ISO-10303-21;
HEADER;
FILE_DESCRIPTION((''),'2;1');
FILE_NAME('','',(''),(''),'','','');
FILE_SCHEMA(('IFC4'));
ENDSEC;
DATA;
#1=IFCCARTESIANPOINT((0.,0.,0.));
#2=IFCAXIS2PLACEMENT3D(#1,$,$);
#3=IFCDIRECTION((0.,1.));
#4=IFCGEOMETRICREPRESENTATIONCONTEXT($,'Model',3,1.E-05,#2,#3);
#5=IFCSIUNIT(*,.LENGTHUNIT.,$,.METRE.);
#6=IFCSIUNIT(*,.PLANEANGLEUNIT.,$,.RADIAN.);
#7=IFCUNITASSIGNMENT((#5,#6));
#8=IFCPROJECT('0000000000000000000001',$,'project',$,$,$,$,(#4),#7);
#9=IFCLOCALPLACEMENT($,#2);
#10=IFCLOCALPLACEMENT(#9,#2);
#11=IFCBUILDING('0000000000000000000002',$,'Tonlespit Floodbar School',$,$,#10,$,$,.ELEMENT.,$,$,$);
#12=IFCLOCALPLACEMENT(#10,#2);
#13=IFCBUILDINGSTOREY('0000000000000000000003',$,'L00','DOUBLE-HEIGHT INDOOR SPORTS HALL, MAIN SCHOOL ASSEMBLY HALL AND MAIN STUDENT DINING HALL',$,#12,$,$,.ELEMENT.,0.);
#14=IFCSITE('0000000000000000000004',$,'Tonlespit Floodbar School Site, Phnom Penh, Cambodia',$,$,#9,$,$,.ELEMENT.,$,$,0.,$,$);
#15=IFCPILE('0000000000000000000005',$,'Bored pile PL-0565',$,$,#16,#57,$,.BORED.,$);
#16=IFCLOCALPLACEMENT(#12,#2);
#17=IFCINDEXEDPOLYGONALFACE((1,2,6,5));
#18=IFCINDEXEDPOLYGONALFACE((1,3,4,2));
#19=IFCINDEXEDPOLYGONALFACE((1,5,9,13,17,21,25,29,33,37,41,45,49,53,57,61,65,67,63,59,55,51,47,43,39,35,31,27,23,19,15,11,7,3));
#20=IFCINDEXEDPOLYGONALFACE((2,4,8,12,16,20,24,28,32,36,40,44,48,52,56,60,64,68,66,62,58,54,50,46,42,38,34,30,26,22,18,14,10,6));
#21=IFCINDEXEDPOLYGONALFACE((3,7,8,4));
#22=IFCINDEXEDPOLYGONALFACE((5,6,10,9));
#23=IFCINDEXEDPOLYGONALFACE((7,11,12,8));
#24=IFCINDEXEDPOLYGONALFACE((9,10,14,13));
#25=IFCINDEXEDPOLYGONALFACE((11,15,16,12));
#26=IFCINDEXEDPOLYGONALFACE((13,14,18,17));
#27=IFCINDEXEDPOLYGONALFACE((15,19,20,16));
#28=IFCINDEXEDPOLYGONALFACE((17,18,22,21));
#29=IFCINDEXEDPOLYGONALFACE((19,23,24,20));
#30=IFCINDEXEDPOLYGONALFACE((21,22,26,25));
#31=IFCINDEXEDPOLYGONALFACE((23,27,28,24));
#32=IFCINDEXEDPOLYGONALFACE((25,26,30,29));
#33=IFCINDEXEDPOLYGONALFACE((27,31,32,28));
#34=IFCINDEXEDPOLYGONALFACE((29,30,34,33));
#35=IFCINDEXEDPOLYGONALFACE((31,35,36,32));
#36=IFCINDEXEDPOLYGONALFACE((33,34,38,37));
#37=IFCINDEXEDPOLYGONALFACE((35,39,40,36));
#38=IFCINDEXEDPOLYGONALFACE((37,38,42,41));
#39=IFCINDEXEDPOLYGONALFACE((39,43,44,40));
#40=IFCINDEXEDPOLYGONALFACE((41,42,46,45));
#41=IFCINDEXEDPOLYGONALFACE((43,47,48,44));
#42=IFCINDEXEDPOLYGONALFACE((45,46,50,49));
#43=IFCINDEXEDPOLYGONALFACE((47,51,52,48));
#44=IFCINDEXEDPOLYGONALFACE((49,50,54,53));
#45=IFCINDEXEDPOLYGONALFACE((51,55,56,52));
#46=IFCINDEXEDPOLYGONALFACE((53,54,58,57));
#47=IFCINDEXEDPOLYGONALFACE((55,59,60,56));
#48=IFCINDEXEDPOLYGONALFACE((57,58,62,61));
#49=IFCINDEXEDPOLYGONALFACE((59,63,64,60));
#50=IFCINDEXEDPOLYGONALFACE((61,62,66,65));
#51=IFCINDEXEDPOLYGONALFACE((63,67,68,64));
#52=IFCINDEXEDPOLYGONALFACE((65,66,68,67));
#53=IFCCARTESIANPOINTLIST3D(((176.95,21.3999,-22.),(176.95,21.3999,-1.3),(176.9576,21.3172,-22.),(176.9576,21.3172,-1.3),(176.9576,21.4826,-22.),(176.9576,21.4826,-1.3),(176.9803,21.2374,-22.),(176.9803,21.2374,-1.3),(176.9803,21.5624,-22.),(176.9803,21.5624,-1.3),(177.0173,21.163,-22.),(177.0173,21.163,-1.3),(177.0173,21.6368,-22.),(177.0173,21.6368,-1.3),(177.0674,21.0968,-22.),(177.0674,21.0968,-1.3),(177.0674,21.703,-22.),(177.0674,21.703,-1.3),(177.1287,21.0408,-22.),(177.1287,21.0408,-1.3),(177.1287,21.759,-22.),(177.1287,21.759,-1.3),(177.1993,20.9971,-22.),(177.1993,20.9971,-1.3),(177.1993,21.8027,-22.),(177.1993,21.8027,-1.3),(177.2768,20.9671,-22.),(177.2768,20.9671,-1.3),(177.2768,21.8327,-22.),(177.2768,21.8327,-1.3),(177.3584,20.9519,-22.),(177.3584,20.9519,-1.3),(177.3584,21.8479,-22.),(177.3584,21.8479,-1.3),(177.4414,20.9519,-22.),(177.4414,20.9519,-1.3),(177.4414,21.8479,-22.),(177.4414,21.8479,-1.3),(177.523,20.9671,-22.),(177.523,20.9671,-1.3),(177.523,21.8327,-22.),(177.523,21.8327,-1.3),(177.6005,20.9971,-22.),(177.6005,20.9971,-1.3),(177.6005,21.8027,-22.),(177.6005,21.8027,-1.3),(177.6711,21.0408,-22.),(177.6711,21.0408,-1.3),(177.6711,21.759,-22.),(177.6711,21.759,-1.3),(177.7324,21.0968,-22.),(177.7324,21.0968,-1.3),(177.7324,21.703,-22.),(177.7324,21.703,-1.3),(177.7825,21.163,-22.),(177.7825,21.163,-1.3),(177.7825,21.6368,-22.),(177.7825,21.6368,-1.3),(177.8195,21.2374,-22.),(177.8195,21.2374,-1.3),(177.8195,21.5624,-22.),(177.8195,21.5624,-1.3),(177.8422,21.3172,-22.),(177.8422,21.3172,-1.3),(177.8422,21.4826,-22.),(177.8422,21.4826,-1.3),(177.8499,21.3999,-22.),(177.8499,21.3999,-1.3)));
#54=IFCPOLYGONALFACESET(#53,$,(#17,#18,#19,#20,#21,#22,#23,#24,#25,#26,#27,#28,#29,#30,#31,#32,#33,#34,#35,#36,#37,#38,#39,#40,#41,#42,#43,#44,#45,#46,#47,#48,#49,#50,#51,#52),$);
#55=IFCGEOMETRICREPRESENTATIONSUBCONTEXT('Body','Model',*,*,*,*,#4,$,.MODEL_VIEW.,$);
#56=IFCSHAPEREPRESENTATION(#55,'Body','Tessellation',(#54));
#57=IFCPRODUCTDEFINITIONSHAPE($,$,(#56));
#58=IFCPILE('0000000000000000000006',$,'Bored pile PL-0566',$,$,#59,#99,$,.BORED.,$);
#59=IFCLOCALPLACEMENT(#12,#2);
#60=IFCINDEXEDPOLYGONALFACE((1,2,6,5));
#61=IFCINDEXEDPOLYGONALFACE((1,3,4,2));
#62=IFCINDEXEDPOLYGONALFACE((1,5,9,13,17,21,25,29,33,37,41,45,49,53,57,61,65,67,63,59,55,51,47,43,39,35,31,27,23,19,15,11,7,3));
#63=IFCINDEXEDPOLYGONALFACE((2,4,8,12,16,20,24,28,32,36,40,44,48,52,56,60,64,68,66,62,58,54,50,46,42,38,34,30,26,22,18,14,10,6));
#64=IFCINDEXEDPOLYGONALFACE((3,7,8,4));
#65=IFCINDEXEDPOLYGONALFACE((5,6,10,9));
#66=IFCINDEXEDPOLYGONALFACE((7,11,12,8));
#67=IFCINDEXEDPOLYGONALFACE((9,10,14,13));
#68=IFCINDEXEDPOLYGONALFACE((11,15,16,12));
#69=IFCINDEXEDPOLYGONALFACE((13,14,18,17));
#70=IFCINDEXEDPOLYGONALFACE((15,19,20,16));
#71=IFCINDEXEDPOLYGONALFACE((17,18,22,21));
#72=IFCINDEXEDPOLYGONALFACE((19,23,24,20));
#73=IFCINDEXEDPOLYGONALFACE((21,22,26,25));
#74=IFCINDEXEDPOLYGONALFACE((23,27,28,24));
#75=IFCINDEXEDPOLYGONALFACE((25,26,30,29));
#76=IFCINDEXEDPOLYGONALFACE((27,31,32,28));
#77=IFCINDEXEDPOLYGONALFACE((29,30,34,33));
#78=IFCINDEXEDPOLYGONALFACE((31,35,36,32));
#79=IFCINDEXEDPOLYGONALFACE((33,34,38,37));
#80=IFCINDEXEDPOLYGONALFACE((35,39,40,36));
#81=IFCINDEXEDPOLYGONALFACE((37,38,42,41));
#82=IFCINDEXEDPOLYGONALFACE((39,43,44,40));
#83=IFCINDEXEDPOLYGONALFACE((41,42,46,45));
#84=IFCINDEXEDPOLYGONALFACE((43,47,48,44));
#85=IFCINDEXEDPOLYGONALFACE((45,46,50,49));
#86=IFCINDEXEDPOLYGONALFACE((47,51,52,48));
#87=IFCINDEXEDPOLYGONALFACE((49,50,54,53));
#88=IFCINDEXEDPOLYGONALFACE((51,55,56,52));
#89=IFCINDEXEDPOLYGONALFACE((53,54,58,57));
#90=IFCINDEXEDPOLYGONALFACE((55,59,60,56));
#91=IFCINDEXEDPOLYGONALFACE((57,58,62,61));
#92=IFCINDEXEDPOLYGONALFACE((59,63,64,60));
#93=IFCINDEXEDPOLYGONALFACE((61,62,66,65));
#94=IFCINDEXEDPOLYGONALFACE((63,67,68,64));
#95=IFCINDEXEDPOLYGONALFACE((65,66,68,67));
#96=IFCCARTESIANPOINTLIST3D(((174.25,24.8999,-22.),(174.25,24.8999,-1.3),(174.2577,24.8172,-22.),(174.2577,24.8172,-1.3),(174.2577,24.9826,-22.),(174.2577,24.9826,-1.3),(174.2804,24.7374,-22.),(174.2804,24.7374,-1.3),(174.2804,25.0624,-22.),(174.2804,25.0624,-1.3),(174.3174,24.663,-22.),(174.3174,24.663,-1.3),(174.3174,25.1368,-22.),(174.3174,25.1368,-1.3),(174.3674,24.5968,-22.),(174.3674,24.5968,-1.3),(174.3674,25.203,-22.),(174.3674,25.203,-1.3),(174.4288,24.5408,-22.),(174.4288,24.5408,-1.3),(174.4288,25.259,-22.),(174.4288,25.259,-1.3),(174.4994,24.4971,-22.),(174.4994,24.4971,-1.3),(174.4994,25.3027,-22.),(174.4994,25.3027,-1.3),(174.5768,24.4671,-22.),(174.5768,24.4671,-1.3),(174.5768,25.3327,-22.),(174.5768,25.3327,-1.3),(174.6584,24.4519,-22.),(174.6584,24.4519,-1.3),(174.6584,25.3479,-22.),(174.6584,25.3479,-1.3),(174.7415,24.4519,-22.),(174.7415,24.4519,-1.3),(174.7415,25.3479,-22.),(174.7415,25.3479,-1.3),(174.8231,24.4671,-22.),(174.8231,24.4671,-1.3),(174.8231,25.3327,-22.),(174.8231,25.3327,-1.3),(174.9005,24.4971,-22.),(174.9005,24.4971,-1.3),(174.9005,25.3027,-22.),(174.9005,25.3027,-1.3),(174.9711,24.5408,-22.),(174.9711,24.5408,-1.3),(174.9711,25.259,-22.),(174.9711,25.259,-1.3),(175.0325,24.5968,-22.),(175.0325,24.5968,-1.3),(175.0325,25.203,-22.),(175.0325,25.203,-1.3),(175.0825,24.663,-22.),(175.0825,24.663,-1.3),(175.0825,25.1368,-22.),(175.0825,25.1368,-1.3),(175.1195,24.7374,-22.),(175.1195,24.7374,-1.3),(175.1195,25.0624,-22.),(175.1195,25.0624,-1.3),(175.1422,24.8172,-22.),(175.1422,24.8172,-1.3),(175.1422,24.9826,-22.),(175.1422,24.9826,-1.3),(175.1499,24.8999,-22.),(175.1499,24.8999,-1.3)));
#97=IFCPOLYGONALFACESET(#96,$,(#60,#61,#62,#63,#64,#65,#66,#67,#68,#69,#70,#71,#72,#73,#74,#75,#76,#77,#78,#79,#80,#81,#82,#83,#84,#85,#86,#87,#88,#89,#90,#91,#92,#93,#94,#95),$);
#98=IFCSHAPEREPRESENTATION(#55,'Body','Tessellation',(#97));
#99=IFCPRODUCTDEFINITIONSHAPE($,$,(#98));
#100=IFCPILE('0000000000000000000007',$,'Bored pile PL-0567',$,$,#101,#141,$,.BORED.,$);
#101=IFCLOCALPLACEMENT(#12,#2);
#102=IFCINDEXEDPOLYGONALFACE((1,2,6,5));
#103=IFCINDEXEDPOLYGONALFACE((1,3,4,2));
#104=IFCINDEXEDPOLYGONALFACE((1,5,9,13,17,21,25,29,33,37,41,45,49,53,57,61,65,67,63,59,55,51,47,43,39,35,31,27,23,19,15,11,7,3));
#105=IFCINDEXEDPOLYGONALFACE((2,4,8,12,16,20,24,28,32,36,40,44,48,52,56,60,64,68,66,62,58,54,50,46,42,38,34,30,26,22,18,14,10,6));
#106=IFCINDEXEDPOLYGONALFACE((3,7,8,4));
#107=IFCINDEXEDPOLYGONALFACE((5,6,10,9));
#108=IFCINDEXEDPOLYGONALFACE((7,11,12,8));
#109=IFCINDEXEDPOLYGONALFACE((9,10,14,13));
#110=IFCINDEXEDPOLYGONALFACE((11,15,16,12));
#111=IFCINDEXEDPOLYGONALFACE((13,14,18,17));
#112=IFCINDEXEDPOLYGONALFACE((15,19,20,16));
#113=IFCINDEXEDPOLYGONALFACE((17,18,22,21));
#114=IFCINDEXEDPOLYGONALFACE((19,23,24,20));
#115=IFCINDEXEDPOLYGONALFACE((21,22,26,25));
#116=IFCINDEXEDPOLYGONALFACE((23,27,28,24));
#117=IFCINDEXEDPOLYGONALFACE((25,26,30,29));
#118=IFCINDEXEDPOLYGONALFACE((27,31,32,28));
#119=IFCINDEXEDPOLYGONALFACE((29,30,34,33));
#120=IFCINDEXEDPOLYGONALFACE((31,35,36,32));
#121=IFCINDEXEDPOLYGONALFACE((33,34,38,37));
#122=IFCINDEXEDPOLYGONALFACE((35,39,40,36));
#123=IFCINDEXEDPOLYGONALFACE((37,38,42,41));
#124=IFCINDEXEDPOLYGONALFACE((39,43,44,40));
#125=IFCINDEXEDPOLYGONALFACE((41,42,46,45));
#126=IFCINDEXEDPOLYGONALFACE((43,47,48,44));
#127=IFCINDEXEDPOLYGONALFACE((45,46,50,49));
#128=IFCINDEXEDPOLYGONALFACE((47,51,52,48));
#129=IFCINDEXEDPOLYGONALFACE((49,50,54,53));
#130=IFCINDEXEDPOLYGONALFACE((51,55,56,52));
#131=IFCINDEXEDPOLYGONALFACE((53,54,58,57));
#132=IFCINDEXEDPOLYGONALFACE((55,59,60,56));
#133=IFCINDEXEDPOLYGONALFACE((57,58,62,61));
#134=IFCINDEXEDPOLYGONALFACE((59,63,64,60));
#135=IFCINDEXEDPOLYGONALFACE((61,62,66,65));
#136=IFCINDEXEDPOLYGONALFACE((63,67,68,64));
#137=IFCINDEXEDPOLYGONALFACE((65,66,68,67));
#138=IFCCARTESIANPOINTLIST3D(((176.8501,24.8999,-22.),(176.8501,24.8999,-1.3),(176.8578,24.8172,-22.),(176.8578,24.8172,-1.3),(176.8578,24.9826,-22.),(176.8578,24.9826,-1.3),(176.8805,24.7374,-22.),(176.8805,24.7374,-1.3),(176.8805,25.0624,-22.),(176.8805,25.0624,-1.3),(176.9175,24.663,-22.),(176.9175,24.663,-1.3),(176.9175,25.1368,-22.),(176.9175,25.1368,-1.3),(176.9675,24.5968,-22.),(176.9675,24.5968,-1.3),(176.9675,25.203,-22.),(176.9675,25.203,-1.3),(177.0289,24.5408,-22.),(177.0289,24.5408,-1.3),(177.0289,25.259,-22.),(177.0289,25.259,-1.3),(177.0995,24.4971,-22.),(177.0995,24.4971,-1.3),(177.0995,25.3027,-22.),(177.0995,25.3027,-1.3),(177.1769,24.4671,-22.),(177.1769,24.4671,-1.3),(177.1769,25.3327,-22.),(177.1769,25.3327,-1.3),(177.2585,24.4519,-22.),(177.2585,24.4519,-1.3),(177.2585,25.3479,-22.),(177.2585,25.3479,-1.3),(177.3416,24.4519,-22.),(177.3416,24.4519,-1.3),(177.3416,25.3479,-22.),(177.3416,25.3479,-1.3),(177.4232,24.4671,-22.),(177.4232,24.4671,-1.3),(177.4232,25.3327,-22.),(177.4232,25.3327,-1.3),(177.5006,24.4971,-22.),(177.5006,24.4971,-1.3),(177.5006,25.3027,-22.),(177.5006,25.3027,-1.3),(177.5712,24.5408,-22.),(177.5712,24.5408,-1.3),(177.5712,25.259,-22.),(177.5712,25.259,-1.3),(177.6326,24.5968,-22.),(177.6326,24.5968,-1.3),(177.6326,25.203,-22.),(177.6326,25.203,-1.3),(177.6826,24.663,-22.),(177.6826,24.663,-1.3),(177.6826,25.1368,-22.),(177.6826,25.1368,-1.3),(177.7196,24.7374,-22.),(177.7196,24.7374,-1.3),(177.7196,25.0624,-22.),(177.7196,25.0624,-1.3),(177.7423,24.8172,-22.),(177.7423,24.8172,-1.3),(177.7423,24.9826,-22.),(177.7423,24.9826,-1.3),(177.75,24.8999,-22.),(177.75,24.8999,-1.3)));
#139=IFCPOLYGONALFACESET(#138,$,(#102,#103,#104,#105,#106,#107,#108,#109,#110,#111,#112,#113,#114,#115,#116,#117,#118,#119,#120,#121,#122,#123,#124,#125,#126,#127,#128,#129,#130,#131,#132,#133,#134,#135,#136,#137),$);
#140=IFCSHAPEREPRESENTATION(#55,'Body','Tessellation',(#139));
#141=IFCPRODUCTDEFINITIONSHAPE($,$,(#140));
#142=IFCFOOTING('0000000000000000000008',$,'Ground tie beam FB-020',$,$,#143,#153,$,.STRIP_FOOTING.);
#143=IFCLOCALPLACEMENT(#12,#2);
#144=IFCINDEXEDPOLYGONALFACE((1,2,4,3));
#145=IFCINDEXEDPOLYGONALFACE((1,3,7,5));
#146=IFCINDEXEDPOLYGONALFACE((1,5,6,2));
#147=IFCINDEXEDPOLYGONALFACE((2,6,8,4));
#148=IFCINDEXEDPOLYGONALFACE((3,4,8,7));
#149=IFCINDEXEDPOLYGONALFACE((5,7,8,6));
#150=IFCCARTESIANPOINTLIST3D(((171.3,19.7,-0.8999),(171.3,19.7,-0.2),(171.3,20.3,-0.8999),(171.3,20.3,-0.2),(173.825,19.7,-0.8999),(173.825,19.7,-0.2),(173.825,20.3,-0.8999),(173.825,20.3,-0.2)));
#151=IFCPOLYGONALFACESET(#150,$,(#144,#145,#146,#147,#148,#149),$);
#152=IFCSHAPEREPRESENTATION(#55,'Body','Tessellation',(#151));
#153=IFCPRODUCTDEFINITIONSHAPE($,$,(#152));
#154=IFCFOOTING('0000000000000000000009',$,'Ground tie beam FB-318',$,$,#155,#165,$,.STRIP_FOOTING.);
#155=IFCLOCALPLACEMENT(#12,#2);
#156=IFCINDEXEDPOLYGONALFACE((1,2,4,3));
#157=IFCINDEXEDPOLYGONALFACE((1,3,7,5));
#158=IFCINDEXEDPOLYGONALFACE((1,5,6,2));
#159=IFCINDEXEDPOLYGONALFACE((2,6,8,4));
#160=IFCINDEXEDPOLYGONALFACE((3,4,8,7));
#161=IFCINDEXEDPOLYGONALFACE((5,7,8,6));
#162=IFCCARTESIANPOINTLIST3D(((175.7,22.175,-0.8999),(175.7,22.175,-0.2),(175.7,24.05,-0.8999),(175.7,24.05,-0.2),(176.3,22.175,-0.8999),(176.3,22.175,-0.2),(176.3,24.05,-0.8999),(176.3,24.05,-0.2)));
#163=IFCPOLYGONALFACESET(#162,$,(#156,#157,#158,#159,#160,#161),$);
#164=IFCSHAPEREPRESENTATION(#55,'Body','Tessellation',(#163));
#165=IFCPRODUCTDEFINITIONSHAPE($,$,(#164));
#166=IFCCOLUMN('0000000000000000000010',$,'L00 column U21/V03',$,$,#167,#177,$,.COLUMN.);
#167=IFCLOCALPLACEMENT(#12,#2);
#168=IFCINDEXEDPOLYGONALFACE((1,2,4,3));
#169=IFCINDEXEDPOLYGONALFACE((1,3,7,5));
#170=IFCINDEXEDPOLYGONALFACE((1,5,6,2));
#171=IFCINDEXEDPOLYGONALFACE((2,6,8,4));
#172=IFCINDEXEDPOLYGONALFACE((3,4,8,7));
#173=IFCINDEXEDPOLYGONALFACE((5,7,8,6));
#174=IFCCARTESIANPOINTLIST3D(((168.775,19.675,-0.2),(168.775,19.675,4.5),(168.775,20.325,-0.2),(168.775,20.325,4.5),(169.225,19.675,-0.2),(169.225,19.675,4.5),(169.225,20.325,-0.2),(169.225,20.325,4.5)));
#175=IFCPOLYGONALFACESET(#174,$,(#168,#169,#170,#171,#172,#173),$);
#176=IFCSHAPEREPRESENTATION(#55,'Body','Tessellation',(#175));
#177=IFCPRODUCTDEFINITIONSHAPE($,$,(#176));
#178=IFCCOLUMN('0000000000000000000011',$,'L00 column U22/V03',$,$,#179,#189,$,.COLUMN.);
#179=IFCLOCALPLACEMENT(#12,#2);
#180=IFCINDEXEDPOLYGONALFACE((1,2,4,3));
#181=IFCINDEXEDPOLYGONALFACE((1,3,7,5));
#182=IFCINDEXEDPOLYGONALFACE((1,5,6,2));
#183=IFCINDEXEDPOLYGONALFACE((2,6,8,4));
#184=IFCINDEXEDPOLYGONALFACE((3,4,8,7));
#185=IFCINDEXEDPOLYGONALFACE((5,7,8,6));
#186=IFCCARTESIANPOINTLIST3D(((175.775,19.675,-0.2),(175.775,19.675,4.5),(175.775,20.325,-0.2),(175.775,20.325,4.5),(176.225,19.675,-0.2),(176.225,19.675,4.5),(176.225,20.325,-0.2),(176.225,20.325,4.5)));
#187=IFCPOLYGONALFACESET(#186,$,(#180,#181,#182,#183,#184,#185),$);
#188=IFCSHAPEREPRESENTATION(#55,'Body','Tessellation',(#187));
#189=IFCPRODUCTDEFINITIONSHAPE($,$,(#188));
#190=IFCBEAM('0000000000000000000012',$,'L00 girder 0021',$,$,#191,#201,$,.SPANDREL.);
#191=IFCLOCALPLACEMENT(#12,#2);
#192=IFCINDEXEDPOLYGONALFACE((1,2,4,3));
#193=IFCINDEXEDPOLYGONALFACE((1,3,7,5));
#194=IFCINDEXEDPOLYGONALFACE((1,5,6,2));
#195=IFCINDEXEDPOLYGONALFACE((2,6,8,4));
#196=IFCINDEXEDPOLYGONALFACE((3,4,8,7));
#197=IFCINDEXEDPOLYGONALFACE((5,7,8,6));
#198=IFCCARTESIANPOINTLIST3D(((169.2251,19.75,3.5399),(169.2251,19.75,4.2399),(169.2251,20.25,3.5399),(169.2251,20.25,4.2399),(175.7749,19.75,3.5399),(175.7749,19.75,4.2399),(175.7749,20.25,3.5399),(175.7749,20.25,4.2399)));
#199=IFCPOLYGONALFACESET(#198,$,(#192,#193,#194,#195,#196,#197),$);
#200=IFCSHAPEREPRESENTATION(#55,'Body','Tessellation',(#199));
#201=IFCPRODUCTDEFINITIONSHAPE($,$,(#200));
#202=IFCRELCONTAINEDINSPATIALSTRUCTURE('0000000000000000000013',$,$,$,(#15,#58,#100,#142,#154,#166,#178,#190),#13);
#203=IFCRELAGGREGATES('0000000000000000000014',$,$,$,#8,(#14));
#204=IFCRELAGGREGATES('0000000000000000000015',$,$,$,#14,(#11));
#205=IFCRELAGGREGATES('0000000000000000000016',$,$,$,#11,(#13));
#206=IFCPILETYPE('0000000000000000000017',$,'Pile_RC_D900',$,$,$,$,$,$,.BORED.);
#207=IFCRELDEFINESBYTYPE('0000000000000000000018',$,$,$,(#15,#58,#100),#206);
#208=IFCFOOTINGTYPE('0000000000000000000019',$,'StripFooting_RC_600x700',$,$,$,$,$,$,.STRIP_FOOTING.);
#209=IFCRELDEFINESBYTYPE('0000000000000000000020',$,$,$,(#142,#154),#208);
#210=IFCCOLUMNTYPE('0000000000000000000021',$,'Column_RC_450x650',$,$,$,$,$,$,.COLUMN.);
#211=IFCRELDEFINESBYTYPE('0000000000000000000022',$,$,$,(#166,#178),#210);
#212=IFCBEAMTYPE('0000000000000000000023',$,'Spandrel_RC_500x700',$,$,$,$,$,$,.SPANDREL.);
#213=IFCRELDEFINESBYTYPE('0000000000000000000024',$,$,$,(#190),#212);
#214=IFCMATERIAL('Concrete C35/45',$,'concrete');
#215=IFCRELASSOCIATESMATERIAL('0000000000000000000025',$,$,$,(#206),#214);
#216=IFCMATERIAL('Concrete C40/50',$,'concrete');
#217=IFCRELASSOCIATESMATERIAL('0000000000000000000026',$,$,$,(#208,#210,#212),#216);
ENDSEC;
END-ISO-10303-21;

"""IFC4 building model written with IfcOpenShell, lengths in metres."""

from ifc_helpers import new_model, si_unit, direction, frame, origin, origin_2d, place, context, subcontext, project, spatial, rectangle, circle, extrude, material, material_profile, profile_set, type_object, element, save


model = new_model("IFC4")

# Units and contexts
model_context = context("Model", 3, precision=1e-05, world=origin(), true_north=direction((0.0, 1.0)))
body_context = subcontext(model_context, "Body", "Model", "MODEL_VIEW")
ifc_project = project(units=[si_unit("LENGTHUNIT", "METRE"), si_unit("PLANEANGLEUNIT", "RADIAN")], contexts=[model_context])

# Site, building, storey
site_placement = place(None, origin())
site = spatial("IfcSite", under=ifc_project, at=site_placement, Name="Tonlespit Floodbar School Site, Phnom Penh, Cambodia", CompositionType="ELEMENT", RefElevation=0.0)
building_placement = place(site_placement, origin())
building = spatial("IfcBuilding", under=site, at=building_placement, Name="Tonlespit Floodbar School", CompositionType="ELEMENT")
storey_placement = place(building_placement, origin())
storey = spatial("IfcBuildingStorey", under=building, at=storey_placement, Name="L00", Description="DOUBLE-HEIGHT INDOOR SPORTS HALL, MAIN SCHOOL ASSEMBLY HALL AND MAIN STUDENT DINING HALL", CompositionType="ELEMENT", Elevation=0.0)

# Shared definitions
ifc_material_1 = material(Name="Concrete C40/50", Category="concrete")

# Piles
ifc_material_2 = material(Name="Concrete C35/45", Category="concrete")
ifc_material_profile_1 = material_profile(ifc_material_2, circle(Radius=0.45, at=origin_2d()), Name="BP D900")
ifc_profile_set_1 = profile_set([ifc_material_profile_1], Name="Concrete C35/45")
pile_type_1 = type_object("IfcPileType", Name="Pile_RC_D900", PredefinedType="BORED", material=ifc_profile_set_1)
for number, where, z_axis, x_axis, name in (
    (1, (177.3999, 21.3999, -1.3), (0.0, 0.0, -1.0), (1.0, 0.0, 0.0), "Bored pile PL-0565"),
    (2, (174.7, 24.8999, -1.3), (0.0, 0.0, -1.0), (1.0, 0.0, 0.0), "Bored pile PL-0566"),
    (3, (177.3, 24.8999, -1.3), (0.0, 0.0, -1.0), (1.0, 0.0, 0.0), "Bored pile PL-0567"),
):
    element("IfcPile", number, at=place(storey_placement, frame(where, z_axis=z_axis, x_axis=x_axis)), inside=storey, type_object=pile_type_1, Name=name, PredefinedType="BORED", context=body_context, shape_type="SweptSolid", body=[
        extrude(circle(Radius=0.45, at=origin_2d()), origin(), (0.0, 0.0, 1.0), 20.7),
    ])

# Footings
footing_type_1 = type_object("IfcFootingType", Name="StripFooting_RC_600x700", PredefinedType="STRIP_FOOTING", material=ifc_material_1)
footing_1_placement = place(storey_placement, frame((172.5625, 20.0, -0.8999), z_axis=(0.0, 0.0, 1.0), x_axis=(1.0, 0.0, 0.0)))
element("IfcFooting", 4, at=footing_1_placement, inside=storey, type_object=footing_type_1, Name="Ground tie beam FB-020", PredefinedType="STRIP_FOOTING", context=body_context, shape_type="SweptSolid", body=[
    extrude(rectangle(XDim=2.5249, YDim=0.6001, at=origin_2d()), origin(), (0.0, 0.0, 1.0), 0.7),
])
footing_2_placement = place(storey_placement, frame((176.0, 23.1125, -0.8999), z_axis=(0.0, 0.0, 1.0), x_axis=(0.0, 1.0, 0.0)))
element("IfcFooting", 5, at=footing_2_placement, inside=storey, type_object=footing_type_1, Name="Ground tie beam FB-318", PredefinedType="STRIP_FOOTING", context=body_context, shape_type="SweptSolid", body=[
    extrude(rectangle(XDim=1.875, YDim=0.6001, at=origin_2d()), origin(), (0.0, 0.0, 1.0), 0.7),
])

# Columns
ifc_material_profile_2 = material_profile(ifc_material_1, rectangle(XDim=0.45, YDim=0.6499, at=origin_2d()), Name="RC 450x650")
ifc_profile_set_2 = profile_set([ifc_material_profile_2], Name="Concrete C40/50")
column_type = type_object("IfcColumnType", Name="Column_RC_450x650", PredefinedType="COLUMN", material=ifc_profile_set_2)
for number, where, z_axis, x_axis, name in (
    (6, (169.0, 20.0, -0.2), (0.0, 0.0, 1.0), (1.0, 0.0, 0.0), "L00 column U21/V03"),
    (7, (176.0, 20.0, -0.2), (0.0, 0.0, 1.0), (1.0, 0.0, 0.0), "L00 column U22/V03"),
):
    element("IfcColumn", number, at=place(storey_placement, frame(where, z_axis=z_axis, x_axis=x_axis)), inside=storey, type_object=column_type, Name=name, PredefinedType="COLUMN", context=body_context, shape_type="SweptSolid", body=[
        extrude(rectangle(XDim=0.45, YDim=0.6499, at=origin_2d()), origin(), (0.0, 0.0, 1.0), 4.7),
    ])

# Beam
ifc_material_profile_3 = material_profile(ifc_material_1, rectangle(XDim=0.5, YDim=0.7, at=origin_2d()), Name="RC 500x700")
ifc_profile_set_3 = profile_set([ifc_material_profile_3], Name="Concrete C40/50")
beam_type = type_object("IfcBeamType", Name="Spandrel_RC_500x700", PredefinedType="SPANDREL", material=ifc_profile_set_3)
beam_1_placement = place(storey_placement, frame((169.2251, 20.0, 3.8899), z_axis=(1.0, 0.0, 0.0), x_axis=(0.0, 1.0, 0.0)))
element("IfcBeam", 8, at=beam_1_placement, inside=storey, type_object=beam_type, Name="L00 girder 0021", PredefinedType="SPANDREL", context=body_context, shape_type="SweptSolid", body=[
    extrude(rectangle(XDim=0.5, YDim=0.7, at=origin_2d()), origin(), (0.0, 0.0, 1.0), 6.5498),
])

save(model, "model.ifc")
